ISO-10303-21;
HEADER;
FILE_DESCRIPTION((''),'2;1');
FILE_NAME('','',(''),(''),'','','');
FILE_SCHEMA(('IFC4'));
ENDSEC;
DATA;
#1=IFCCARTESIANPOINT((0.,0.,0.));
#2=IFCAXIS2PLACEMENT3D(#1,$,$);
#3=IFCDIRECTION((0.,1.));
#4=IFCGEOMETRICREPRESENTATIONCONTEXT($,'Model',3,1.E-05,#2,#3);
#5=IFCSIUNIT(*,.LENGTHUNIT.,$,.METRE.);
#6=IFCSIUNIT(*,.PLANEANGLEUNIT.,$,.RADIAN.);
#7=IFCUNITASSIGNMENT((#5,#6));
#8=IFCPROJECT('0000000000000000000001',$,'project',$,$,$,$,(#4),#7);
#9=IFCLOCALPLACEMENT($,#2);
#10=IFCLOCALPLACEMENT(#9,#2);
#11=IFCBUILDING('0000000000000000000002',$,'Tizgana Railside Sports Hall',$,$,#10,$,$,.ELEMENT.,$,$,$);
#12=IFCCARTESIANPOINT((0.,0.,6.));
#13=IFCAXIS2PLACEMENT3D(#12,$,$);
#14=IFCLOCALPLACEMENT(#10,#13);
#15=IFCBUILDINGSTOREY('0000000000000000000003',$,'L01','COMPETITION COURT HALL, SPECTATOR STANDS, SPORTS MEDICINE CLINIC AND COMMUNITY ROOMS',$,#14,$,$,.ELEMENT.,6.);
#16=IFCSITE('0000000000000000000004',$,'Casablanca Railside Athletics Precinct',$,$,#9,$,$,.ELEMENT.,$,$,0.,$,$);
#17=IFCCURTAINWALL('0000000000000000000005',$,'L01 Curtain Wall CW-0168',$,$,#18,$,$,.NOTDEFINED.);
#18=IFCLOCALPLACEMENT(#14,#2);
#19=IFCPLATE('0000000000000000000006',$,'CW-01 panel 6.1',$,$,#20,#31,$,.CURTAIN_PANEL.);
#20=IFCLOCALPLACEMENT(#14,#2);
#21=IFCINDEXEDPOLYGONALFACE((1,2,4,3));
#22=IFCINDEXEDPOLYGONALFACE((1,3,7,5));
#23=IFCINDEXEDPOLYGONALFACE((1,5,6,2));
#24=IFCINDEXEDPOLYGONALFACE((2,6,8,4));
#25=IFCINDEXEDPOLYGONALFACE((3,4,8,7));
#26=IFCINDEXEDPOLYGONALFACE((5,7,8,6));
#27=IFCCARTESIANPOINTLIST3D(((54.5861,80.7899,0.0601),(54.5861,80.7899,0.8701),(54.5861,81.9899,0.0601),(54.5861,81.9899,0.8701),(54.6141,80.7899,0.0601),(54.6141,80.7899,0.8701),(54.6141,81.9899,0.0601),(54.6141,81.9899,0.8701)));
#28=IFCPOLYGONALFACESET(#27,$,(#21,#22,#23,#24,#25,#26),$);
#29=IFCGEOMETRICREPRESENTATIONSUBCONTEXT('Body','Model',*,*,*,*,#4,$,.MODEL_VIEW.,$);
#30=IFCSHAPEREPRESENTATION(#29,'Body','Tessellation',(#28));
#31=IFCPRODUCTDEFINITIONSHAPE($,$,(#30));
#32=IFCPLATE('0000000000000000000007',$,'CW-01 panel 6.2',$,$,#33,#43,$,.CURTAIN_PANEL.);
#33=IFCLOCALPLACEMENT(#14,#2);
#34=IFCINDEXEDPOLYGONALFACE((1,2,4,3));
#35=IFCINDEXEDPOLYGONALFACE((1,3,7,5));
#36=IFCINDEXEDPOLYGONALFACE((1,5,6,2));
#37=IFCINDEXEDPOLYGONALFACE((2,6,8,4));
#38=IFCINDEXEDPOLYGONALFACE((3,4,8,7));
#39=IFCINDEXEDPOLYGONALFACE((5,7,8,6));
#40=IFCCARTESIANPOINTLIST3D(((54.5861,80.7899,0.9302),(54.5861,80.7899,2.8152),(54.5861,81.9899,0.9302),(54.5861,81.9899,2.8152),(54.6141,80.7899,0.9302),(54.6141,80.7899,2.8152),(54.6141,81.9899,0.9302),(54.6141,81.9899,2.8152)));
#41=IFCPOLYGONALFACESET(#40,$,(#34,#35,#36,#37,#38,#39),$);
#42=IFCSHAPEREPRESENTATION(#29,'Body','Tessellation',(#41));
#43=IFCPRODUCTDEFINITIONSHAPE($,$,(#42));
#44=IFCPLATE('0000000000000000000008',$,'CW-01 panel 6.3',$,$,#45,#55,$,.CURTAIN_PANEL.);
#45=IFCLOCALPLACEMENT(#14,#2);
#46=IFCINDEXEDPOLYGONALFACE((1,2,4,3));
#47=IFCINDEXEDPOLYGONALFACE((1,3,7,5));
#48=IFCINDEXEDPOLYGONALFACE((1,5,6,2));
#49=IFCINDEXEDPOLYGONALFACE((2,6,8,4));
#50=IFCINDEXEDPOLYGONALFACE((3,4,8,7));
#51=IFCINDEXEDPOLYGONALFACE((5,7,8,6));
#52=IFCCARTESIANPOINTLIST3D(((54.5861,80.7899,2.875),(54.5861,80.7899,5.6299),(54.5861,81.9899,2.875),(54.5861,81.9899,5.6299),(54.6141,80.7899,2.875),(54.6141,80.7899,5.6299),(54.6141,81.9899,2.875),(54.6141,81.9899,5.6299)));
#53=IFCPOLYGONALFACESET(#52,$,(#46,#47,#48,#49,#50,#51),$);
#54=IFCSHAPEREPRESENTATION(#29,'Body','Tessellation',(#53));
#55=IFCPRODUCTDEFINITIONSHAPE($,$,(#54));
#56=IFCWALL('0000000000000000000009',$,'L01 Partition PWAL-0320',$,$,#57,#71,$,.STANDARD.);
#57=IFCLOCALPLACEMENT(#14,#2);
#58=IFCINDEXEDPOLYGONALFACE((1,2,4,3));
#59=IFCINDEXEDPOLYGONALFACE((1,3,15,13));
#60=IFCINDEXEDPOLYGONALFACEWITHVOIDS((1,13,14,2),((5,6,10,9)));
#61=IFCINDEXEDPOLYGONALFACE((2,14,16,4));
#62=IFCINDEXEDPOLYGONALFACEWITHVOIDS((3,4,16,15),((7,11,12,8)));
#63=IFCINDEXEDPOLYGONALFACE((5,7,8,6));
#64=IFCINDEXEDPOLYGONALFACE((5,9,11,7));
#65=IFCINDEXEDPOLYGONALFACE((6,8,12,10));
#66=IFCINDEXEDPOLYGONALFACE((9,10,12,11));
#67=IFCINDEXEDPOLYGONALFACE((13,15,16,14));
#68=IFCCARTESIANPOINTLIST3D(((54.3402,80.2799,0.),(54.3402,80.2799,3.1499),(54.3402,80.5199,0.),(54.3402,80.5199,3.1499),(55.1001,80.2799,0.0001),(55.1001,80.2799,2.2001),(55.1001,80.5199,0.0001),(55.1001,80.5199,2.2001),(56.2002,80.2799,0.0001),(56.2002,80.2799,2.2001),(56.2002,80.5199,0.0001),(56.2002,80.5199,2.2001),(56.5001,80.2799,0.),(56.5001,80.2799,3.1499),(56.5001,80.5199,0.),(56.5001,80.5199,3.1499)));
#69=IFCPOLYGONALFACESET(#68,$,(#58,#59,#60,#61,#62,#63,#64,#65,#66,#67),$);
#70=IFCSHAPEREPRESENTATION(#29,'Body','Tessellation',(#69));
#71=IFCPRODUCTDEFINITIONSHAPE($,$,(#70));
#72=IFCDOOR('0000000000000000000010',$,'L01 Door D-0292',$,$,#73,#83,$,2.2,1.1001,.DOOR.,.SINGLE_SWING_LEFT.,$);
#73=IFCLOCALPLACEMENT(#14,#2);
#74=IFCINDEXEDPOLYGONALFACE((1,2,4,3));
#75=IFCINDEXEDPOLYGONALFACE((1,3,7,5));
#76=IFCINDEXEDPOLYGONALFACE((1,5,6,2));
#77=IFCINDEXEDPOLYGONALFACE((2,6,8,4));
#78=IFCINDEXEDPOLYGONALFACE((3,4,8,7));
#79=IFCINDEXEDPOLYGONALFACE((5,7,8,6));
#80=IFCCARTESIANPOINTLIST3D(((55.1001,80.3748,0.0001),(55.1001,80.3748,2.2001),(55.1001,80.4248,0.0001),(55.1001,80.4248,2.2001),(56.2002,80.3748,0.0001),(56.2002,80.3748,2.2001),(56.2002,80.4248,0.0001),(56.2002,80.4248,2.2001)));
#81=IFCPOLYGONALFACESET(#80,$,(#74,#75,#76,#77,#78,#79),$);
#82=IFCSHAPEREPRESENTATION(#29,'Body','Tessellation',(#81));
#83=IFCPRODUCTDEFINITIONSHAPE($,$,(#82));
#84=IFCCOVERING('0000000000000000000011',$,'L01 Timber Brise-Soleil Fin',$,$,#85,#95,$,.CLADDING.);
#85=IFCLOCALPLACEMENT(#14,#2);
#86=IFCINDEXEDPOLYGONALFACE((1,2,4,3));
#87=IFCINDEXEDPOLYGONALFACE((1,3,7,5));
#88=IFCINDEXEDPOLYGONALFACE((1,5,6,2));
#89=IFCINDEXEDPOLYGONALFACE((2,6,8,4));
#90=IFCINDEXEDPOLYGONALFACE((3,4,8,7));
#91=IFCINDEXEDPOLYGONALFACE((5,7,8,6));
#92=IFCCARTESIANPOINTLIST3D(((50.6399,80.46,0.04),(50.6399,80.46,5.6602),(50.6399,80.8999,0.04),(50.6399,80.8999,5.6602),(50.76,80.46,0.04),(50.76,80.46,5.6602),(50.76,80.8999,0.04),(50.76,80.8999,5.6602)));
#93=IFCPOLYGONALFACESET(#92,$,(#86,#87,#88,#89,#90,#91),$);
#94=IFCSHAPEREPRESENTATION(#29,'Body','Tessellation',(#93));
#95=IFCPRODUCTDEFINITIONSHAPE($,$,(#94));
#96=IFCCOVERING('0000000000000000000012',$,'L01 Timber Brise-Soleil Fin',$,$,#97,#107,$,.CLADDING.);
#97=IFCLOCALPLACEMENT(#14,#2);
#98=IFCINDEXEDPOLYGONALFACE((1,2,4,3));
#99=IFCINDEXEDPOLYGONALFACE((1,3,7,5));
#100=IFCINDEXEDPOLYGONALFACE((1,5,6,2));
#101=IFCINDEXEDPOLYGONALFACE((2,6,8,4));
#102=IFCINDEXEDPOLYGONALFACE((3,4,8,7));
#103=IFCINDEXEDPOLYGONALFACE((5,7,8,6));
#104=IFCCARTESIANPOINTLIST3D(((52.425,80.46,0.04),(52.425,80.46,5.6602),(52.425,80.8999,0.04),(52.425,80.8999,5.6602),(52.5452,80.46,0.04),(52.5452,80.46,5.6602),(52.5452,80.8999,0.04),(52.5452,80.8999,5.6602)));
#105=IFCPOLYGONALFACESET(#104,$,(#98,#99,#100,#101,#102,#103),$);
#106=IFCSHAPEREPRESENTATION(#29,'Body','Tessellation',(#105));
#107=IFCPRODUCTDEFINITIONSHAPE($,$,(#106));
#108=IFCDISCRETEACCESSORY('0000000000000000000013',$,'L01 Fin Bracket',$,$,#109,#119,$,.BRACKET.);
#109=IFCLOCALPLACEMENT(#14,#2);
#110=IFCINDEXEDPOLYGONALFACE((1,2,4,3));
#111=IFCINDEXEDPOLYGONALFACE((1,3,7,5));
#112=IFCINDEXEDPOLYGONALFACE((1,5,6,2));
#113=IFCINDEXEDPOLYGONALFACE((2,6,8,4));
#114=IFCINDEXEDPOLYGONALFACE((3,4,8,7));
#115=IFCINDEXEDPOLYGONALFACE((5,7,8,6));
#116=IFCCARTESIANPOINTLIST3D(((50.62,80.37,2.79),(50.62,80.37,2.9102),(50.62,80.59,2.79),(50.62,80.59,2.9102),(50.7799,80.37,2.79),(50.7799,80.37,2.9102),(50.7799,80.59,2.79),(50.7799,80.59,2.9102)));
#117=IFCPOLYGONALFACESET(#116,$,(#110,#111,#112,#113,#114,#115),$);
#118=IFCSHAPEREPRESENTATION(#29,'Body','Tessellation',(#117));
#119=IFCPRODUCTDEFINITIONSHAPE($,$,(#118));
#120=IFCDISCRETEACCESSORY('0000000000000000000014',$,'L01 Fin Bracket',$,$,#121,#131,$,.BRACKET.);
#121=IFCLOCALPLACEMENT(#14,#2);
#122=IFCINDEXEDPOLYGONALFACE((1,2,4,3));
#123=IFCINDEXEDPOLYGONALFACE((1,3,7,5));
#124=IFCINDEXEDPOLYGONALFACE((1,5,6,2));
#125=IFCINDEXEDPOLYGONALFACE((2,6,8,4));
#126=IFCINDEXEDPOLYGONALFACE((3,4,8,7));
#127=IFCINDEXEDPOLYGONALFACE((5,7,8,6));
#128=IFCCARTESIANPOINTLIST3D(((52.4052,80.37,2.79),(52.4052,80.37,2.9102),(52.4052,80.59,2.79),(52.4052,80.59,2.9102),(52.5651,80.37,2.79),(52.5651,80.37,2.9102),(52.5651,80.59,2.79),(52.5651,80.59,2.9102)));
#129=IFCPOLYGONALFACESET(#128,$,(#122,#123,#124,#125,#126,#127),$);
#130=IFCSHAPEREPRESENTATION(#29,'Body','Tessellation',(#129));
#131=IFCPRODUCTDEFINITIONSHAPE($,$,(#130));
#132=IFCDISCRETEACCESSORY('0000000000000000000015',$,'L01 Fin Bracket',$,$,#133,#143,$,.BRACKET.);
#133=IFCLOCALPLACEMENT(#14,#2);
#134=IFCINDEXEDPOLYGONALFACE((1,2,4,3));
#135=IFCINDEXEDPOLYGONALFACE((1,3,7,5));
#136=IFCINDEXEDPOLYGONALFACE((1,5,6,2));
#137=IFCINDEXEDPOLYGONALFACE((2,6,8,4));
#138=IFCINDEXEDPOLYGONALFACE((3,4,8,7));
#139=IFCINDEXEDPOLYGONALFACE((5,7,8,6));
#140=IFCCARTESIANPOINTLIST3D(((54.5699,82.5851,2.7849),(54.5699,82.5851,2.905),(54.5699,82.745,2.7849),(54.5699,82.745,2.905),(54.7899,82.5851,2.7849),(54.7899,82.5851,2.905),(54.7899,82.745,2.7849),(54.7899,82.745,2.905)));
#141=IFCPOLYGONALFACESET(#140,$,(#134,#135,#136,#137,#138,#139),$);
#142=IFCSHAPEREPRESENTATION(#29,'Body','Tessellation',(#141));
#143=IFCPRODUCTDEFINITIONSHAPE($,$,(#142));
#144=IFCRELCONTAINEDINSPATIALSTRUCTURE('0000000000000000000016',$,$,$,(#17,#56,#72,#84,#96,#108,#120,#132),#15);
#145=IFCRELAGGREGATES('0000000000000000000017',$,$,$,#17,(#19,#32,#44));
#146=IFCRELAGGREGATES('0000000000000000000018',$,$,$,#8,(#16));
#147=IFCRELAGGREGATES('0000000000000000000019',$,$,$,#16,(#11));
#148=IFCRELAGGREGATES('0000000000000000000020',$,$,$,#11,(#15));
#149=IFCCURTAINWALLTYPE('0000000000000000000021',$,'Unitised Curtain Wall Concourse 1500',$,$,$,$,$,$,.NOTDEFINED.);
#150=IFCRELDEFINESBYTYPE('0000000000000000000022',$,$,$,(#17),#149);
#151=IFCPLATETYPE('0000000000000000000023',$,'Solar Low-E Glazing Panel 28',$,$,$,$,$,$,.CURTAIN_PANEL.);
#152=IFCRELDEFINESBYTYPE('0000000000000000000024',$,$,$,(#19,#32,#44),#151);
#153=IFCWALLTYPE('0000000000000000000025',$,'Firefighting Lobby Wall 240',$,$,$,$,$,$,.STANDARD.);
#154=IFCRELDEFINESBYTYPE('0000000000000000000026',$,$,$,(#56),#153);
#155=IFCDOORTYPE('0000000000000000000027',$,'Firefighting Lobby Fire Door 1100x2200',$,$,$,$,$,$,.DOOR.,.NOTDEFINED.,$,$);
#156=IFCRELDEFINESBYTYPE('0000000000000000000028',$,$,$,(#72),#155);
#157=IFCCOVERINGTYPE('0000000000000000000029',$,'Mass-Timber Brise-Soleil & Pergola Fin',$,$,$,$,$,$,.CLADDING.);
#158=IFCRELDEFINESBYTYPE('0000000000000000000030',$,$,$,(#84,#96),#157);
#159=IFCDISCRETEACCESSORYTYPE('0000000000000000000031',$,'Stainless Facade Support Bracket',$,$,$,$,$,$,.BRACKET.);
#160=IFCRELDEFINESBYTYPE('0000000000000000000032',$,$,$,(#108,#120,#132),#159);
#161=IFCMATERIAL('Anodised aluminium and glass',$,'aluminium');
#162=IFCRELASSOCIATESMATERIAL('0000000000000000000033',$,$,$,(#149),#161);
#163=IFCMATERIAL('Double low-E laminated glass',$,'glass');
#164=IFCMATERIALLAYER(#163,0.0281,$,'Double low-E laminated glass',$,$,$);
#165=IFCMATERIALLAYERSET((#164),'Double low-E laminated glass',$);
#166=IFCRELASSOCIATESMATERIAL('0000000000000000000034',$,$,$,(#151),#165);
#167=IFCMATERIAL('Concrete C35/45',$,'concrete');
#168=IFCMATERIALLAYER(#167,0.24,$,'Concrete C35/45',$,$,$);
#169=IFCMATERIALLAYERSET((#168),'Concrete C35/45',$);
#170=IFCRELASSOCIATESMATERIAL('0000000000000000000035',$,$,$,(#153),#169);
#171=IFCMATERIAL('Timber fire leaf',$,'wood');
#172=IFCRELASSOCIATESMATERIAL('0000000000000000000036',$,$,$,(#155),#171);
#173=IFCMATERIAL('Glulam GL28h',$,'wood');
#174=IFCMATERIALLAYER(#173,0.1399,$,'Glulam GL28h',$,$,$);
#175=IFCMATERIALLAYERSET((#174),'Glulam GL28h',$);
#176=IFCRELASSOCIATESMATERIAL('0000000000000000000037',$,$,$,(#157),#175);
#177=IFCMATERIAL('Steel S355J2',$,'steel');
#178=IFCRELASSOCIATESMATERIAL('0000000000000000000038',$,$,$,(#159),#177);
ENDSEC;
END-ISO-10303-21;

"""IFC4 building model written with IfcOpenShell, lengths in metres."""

from ifc_helpers import new_model, si_unit, direction, frame, frame_2d, origin, origin_2d, place, context, subcontext, project, spatial, rectangle, extrude, material, layer, layer_set, type_object, element, fill, aggregate, save


model = new_model("IFC4")

# Units and contexts
model_context = context("Model", 3, precision=1e-05, world=origin(), true_north=direction((0.0, 1.0)))
body_context = subcontext(model_context, "Body", "Model", "MODEL_VIEW")
ifc_project = project(units=[si_unit("LENGTHUNIT", "METRE"), si_unit("PLANEANGLEUNIT", "RADIAN")], contexts=[model_context])

# Site, building, storey
site_placement = place(None, origin())
site = spatial("IfcSite", under=ifc_project, at=site_placement, Name="Casablanca Railside Athletics Precinct", CompositionType="ELEMENT", RefElevation=0.0)
building_placement = place(site_placement, origin())
building = spatial("IfcBuilding", under=site, at=building_placement, Name="Tizgana Railside Sports Hall", CompositionType="ELEMENT")
storey_placement = place(building_placement, frame((0.0, 0.0, 6.0)))
storey = spatial("IfcBuildingStorey", under=building, at=storey_placement, Name="L01", Description="COMPETITION COURT HALL, SPECTATOR STANDS, SPORTS MEDICINE CLINIC AND COMMUNITY ROOMS", CompositionType="ELEMENT", Elevation=6.0)

# Curtain wall
ifc_material_1 = material(Name="Anodised aluminium and glass", Category="aluminium")
curtain_wall_type_1 = type_object("IfcCurtainWallType", Name="Unitised Curtain Wall Concourse 1500", PredefinedType="NOTDEFINED", material=ifc_material_1)
curtain_wall_1_placement = place(storey_placement, origin())
curtain_wall_1 = element("IfcCurtainWall", 1, at=curtain_wall_1_placement, inside=storey, type_object=curtain_wall_type_1, Name="L01 Curtain Wall CW-0168", PredefinedType="NOTDEFINED")

# Shared definitions
ifc_material_2 = material(Name="Steel S355J2", Category="steel")

# Plates
ifc_material_3 = material(Name="Double low-E laminated glass", Category="glass")
ifc_layer_1 = layer(ifc_material_3, 0.0281, Name="Double low-E laminated glass")
ifc_layer_set_1 = layer_set([ifc_layer_1], Name="Double low-E laminated glass")
plate_type_1 = type_object("IfcPlateType", Name="Solar Low-E Glazing Panel 28", PredefinedType="CURTAIN_PANEL", material=ifc_layer_set_1)
plate_1_placement = place(storey_placement, frame((54.6001, 81.3899, 0.0601), z_axis=(0.0, 0.0, 1.0), x_axis=(0.0, -1.0, 0.0)))
plate_1 = element("IfcPlate", 2, at=plate_1_placement, type_object=plate_type_1, Name="CW-01 panel 6.1", PredefinedType="CURTAIN_PANEL", context=body_context, shape_type="SweptSolid", body=[
    extrude(rectangle(XDim=1.2, YDim=0.0281, at=origin_2d()), origin(), (0.0, 0.0, 1.0), 0.8101),
])
plate_2_placement = place(storey_placement, frame((54.6001, 81.3899, 0.9302), z_axis=(0.0, 0.0, 1.0), x_axis=(0.0, -1.0, 0.0)))
plate_2 = element("IfcPlate", 3, at=plate_2_placement, type_object=plate_type_1, Name="CW-01 panel 6.2", PredefinedType="CURTAIN_PANEL", context=body_context, shape_type="SweptSolid", body=[
    extrude(rectangle(XDim=1.2, YDim=0.0281, at=origin_2d()), origin(), (0.0, 0.0, 1.0), 1.885),
])
plate_3_placement = place(storey_placement, frame((54.6001, 81.3899, 2.875), z_axis=(0.0, 0.0, 1.0), x_axis=(0.0, -1.0, 0.0)))
plate_3 = element("IfcPlate", 4, at=plate_3_placement, type_object=plate_type_1, Name="CW-01 panel 6.3", PredefinedType="CURTAIN_PANEL", context=body_context, shape_type="SweptSolid", body=[
    extrude(rectangle(XDim=1.2, YDim=0.0281, at=origin_2d()), origin(), (0.0, 0.0, 1.0), 2.7549),
])
aggregate(curtain_wall_1, [plate_1, plate_2, plate_3])

# Wall, opening, door
ifc_material_4 = material(Name="Concrete C35/45", Category="concrete")
ifc_layer_2 = layer(ifc_material_4, 0.24, Name="Concrete C35/45")
ifc_layer_set_2 = layer_set([ifc_layer_2], Name="Concrete C35/45")
wall_type = type_object("IfcWallType", Name="Firefighting Lobby Wall 240", PredefinedType="STANDARD", material=ifc_layer_set_2)
wall_placement = place(storey_placement, frame((54.3401, 80.3999, 0.0), z_axis=(0.0, 0.0, 1.0), x_axis=(1.0, 0.0, 0.0)))
wall = element("IfcWall", 5, at=wall_placement, inside=storey, type_object=wall_type, Name="L01 Partition PWAL-0320", PredefinedType="STANDARD", context=body_context, shape_type="SweptSolid", body=[
    extrude(rectangle(XDim=2.1599, YDim=0.24, at=frame_2d((1.0801, 0.0))), origin(), (0.0, 0.0, 1.0), 3.1499),
])
opening_placement = place(wall_placement, frame((0.76, 0.0, 0.0)))
opening = element("IfcOpeningElement", 6, at=opening_placement, cuts=wall, PredefinedType="OPENING", context=body_context, shape_type="SweptSolid", body=[
    extrude(rectangle(XDim=1.1001, YDim=2.2, at=frame_2d((0.55, 1.1001))), frame((0.0, 0.1299, 0.0), z_axis=(0.0, -1.0, 0.0), x_axis=(1.0, 0.0, 0.0)), (0.0, 0.0, 1.0), 0.26),
])
ifc_material_5 = material(Name="Timber fire leaf", Category="wood")
door_type = type_object("IfcDoorType", Name="Firefighting Lobby Fire Door 1100x2200", OperationType="NOTDEFINED", PredefinedType="DOOR", material=ifc_material_5)
door_placement = place(opening_placement, origin())
door = element("IfcDoor", 7, at=door_placement, inside=storey, type_object=door_type, Name="L01 Door D-0292", OperationType="SINGLE_SWING_LEFT", OverallHeight=2.2, OverallWidth=1.1001, PredefinedType="DOOR", context=body_context, shape_type="SweptSolid", body=[
    extrude(rectangle(XDim=1.1001, YDim=2.2, at=frame_2d((0.55, 1.1001))), frame((0.0, 0.0249, 0.0), z_axis=(0.0, -1.0, 0.0), x_axis=(1.0, 0.0, 0.0)), (0.0, 0.0, 1.0), 0.05),
])
fill(opening, door)

# Coverings
ifc_material_6 = material(Name="Glulam GL28h", Category="wood")
ifc_layer_3 = layer(ifc_material_6, 0.1399, Name="Glulam GL28h")
ifc_layer_set_3 = layer_set([ifc_layer_3], Name="Glulam GL28h")
covering_type = type_object("IfcCoveringType", Name="Mass-Timber Brise-Soleil & Pergola Fin", PredefinedType="CLADDING", material=ifc_layer_set_3)
for number, where, z_axis, x_axis, name in (
    (8, (50.7, 80.6799, 0.04), (0.0, 0.0, 1.0), (1.0, 0.0, 0.0), "L01 Timber Brise-Soleil Fin"),
    (9, (52.4851, 80.6799, 0.04), (0.0, 0.0, 1.0), (1.0, 0.0, 0.0), "L01 Timber Brise-Soleil Fin"),
):
    element("IfcCovering", number, at=place(storey_placement, frame(where, z_axis=z_axis, x_axis=x_axis)), inside=storey, type_object=covering_type, Name=name, PredefinedType="CLADDING", context=body_context, shape_type="SweptSolid", body=[
        extrude(rectangle(XDim=0.1201, YDim=0.4399, at=origin_2d()), origin(), (0.0, 0.0, 1.0), 5.6201),
    ])

# Discrete accessories
discrete_accessory_type = type_object("IfcDiscreteAccessoryType", Name="Stainless Facade Support Bracket", PredefinedType="BRACKET", material=ifc_material_2)
for number, where, z_axis, x_axis, name in (
    (10, (50.7, 80.48, 2.79), (0.0, 0.0, 1.0), (1.0, 0.0, 0.0), "L01 Fin Bracket"),
    (11, (52.4851, 80.48, 2.79), (0.0, 0.0, 1.0), (1.0, 0.0, 0.0), "L01 Fin Bracket"),
    (12, (54.6799, 82.665, 2.7849), (0.0, 0.0, 1.0), (0.0, -1.0, 0.0), "L01 Fin Bracket"),
):
    element("IfcDiscreteAccessory", number, at=place(storey_placement, frame(where, z_axis=z_axis, x_axis=x_axis)), inside=storey, type_object=discrete_accessory_type, Name=name, PredefinedType="BRACKET", context=body_context, shape_type="SweptSolid", body=[
        extrude(rectangle(XDim=0.1599, YDim=0.22, at=origin_2d()), origin(), (0.0, 0.0, 1.0), 0.1201),
    ])

save(model, "model.ifc")
